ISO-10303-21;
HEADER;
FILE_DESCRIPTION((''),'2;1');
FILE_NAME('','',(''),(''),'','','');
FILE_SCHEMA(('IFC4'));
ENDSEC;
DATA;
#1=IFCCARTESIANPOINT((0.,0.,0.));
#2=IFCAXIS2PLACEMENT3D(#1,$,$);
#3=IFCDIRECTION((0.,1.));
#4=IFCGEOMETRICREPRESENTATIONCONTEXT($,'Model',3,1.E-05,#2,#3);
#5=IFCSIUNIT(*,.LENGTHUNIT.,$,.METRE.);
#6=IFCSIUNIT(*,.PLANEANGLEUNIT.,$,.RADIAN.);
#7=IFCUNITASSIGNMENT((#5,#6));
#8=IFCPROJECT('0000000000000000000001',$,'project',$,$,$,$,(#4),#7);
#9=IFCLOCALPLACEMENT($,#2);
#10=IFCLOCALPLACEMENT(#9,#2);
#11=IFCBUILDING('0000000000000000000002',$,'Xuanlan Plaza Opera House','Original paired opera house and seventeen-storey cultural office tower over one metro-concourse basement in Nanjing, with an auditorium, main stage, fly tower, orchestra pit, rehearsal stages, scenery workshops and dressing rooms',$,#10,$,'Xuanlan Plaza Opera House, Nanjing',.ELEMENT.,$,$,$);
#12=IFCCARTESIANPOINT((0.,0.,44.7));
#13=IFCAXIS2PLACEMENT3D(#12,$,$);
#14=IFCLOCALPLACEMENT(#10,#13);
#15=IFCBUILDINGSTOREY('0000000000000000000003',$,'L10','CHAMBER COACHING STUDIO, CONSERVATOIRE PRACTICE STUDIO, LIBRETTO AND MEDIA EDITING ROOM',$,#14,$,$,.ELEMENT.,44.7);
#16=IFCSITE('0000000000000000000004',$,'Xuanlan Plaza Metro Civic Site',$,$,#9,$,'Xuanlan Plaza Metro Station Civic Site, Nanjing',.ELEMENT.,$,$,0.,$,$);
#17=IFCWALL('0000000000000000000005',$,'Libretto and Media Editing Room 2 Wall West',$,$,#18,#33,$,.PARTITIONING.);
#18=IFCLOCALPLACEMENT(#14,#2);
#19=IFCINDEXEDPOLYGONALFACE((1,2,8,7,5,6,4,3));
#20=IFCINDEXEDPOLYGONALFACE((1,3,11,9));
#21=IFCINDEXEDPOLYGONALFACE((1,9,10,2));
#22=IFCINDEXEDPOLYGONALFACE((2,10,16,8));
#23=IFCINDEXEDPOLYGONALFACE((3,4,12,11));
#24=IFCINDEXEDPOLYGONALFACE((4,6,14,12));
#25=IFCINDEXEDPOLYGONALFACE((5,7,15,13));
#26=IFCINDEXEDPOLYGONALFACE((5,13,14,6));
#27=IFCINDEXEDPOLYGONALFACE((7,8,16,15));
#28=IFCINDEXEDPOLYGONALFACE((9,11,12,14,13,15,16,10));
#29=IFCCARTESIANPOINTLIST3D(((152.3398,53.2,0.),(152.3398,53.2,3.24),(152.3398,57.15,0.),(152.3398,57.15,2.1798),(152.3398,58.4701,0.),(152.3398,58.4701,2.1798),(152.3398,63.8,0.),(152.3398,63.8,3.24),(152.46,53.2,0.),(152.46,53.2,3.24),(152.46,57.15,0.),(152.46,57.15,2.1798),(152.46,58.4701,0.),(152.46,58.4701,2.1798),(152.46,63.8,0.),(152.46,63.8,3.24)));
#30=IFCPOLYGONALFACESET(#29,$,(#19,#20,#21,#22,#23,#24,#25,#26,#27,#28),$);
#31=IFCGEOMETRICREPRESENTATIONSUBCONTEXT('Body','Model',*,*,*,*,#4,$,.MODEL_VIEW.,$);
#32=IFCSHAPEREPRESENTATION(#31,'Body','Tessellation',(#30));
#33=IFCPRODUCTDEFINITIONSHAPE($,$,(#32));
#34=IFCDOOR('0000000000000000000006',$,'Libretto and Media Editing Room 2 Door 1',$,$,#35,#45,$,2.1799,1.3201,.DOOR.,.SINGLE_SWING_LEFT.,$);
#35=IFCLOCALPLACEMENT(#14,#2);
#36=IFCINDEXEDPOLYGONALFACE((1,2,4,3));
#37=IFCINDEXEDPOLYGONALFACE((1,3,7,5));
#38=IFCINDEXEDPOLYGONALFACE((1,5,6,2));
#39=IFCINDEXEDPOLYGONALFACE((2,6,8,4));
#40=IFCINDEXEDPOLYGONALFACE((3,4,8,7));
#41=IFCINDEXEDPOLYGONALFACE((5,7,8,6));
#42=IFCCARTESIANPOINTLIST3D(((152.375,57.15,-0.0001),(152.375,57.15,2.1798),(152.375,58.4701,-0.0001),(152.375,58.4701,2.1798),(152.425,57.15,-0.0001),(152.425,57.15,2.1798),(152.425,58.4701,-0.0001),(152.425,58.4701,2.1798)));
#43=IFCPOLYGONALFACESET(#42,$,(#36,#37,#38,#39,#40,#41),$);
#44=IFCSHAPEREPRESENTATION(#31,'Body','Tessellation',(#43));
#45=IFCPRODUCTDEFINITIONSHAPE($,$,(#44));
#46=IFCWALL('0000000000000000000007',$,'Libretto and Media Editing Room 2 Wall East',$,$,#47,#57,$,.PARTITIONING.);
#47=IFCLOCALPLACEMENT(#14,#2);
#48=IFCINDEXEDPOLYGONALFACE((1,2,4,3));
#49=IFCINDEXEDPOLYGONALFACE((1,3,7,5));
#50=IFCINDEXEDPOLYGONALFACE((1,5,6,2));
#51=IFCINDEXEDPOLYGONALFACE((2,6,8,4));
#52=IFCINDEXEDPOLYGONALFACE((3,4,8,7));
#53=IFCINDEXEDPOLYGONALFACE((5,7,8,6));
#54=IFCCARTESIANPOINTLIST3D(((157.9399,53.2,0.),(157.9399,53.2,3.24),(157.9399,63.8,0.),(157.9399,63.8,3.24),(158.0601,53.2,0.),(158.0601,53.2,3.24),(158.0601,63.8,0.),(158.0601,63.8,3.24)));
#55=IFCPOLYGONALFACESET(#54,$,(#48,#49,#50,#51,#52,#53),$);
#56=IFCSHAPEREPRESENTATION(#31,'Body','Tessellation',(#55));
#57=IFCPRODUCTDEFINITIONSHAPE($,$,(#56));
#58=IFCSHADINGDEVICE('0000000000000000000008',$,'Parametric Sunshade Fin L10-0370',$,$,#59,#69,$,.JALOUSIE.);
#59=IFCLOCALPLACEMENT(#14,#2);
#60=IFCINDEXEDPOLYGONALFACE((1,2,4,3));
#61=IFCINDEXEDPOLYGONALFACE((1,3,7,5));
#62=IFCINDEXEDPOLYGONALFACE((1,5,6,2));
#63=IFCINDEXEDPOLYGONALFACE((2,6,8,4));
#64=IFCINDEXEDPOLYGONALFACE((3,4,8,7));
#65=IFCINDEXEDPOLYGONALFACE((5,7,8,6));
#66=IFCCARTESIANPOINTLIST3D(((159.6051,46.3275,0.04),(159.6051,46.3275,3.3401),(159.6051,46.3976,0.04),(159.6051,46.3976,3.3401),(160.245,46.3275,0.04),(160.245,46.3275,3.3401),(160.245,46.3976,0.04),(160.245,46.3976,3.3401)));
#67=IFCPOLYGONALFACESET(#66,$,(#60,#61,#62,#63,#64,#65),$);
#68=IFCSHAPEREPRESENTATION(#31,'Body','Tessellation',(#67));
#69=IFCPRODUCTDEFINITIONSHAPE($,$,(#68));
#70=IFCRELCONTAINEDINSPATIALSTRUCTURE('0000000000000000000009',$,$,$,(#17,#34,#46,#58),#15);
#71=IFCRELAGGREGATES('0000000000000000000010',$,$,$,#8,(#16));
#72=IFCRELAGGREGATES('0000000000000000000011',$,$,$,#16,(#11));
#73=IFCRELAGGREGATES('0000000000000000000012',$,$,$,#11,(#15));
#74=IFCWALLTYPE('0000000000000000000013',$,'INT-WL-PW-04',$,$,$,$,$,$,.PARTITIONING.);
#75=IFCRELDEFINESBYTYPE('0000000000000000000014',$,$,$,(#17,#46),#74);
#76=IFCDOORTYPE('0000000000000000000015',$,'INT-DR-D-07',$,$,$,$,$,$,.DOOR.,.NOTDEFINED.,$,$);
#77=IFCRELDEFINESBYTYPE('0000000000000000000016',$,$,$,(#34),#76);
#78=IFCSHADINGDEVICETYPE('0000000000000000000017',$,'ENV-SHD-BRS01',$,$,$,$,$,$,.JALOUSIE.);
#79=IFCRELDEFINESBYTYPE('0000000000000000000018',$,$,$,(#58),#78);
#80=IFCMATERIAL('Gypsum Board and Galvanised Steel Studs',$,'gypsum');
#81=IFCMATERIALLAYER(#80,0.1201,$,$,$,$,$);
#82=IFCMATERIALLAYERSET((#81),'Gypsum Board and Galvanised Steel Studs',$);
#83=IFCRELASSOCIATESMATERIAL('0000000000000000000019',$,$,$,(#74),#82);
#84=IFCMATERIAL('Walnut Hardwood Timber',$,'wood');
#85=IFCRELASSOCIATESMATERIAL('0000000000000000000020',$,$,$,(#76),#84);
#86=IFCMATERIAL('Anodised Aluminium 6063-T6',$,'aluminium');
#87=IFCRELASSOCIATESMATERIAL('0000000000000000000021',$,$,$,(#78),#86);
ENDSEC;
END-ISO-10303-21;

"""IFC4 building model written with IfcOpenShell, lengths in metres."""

from ifc_helpers import new_model, si_unit, direction, frame, frame_2d, origin, origin_2d, place, context, subcontext, project, spatial, rectangle, extrude, material, layer, layer_set, type_object, element, fill, save


model = new_model("IFC4")

# Units and contexts
model_context = context("Model", 3, precision=1e-05, world=origin(), true_north=direction((0.0, 1.0)))
body_context = subcontext(model_context, "Body", "Model", "MODEL_VIEW")
ifc_project = project(units=[si_unit("LENGTHUNIT", "METRE"), si_unit("PLANEANGLEUNIT", "RADIAN")], contexts=[model_context])

# Site, building, storey
site_placement = place(None, origin())
site = spatial("IfcSite", under=ifc_project, at=site_placement, Name="Xuanlan Plaza Metro Civic Site", LongName="Xuanlan Plaza Metro Station Civic Site, Nanjing", CompositionType="ELEMENT", RefElevation=0.0)
building_placement = place(site_placement, origin())
building = spatial("IfcBuilding", under=site, at=building_placement, Name="Xuanlan Plaza Opera House", Description="Original paired opera house and seventeen-storey cultural office tower over one metro-concourse basement in Nanjing, with an auditorium, main stage, fly tower, orchestra pit, rehearsal stages, scenery workshops and dressing rooms", LongName="Xuanlan Plaza Opera House, Nanjing", CompositionType="ELEMENT")
storey_placement = place(building_placement, frame((0.0, 0.0, 44.7)))
storey = spatial("IfcBuildingStorey", under=building, at=storey_placement, Name="L10", Description="CHAMBER COACHING STUDIO, CONSERVATOIRE PRACTICE STUDIO, LIBRETTO AND MEDIA EDITING ROOM", CompositionType="ELEMENT", Elevation=44.7)

# Shared definitions
ifc_material_1 = material(Name="Anodised Aluminium 6063-T6", Category="aluminium")

# Shared definitions
ifc_material_2 = material(Name="Gypsum Board and Galvanised Steel Studs", Category="gypsum")

# Shared definitions
ifc_layer_1 = layer(ifc_material_2, 0.1201)
ifc_layer_set_1 = layer_set([ifc_layer_1], Name="Gypsum Board and Galvanised Steel Studs")
wall_type_1 = type_object("IfcWallType", Name="INT-WL-PW-04", PredefinedType="PARTITIONING", material=ifc_layer_set_1)

# Wall, opening, door
wall_1_placement = place(storey_placement, frame((152.3999, 53.2, 0.0), z_axis=(0.0, 0.0, 1.0), x_axis=(0.0, 1.0, 0.0)))
wall_1 = element("IfcWall", 1, at=wall_1_placement, inside=storey, type_object=wall_type_1, Name="Libretto and Media Editing Room 2 Wall West", PredefinedType="PARTITIONING", context=body_context, shape_type="SweptSolid", body=[
    extrude(rectangle(XDim=10.6001, YDim=0.1201, at=frame_2d((5.3, 0.0))), origin(), (0.0, 0.0, 1.0), 3.24),
])
opening_1_placement = place(wall_1_placement, frame((3.95, 0.0, 0.0)))
opening_1 = element("IfcOpeningElement", 2, at=opening_1_placement, cuts=wall_1, PredefinedType="OPENING", context=body_context, shape_type="SweptSolid", body=[
    extrude(rectangle(XDim=1.3201, YDim=2.1799, at=frame_2d((0.6602, 1.0898))), frame((0.0, 0.0701, 0.0), z_axis=(0.0, -1.0, 0.0), x_axis=(1.0, 0.0, 0.0)), (0.0, 0.0, 1.0), 0.1401),
])
ifc_material_3 = material(Name="Walnut Hardwood Timber", Category="wood")
door_type_1 = type_object("IfcDoorType", Name="INT-DR-D-07", OperationType="NOTDEFINED", PredefinedType="DOOR", material=ifc_material_3)
door_1_placement = place(opening_1_placement, origin())
door_1 = element("IfcDoor", 3, at=door_1_placement, inside=storey, type_object=door_type_1, Name="Libretto and Media Editing Room 2 Door 1", OperationType="SINGLE_SWING_LEFT", OverallHeight=2.1799, OverallWidth=1.3201, PredefinedType="DOOR", context=body_context, shape_type="SweptSolid", body=[
    extrude(rectangle(XDim=1.3201, YDim=2.1799, at=frame_2d((0.6602, 1.0898))), frame((0.0, 0.0249, 0.0), z_axis=(0.0, -1.0, 0.0), x_axis=(1.0, 0.0, 0.0)), (0.0, 0.0, 1.0), 0.05),
])
fill(opening_1, door_1)

# Wall
wall_2_placement = place(storey_placement, frame((158.0, 53.2, 0.0), z_axis=(0.0, 0.0, 1.0), x_axis=(0.0, 1.0, 0.0)))
element("IfcWall", 4, at=wall_2_placement, inside=storey, type_object=wall_type_1, Name="Libretto and Media Editing Room 2 Wall East", PredefinedType="PARTITIONING", context=body_context, shape_type="SweptSolid", body=[
    extrude(rectangle(XDim=10.6001, YDim=0.1201, at=frame_2d((5.3, 0.0))), origin(), (0.0, 0.0, 1.0), 3.24),
])

# Shading device
shading_device_type = type_object("IfcShadingDeviceType", Name="ENV-SHD-BRS01", PredefinedType="JALOUSIE", material=ifc_material_1)
shading_device_placement = place(storey_placement, frame((159.925, 46.3625, 0.04), z_axis=(0.0, 0.0, 1.0), x_axis=(1.0, 0.0, 0.0)))
element("IfcShadingDevice", 5, at=shading_device_placement, inside=storey, type_object=shading_device_type, Name="Parametric Sunshade Fin L10-0370", PredefinedType="JALOUSIE", context=body_context, shape_type="SweptSolid", body=[
    extrude(rectangle(XDim=0.6399, YDim=0.0701, at=origin_2d()), origin(), (0.0, 0.0, 1.0), 3.3),
])

save(model, "model.ifc")
